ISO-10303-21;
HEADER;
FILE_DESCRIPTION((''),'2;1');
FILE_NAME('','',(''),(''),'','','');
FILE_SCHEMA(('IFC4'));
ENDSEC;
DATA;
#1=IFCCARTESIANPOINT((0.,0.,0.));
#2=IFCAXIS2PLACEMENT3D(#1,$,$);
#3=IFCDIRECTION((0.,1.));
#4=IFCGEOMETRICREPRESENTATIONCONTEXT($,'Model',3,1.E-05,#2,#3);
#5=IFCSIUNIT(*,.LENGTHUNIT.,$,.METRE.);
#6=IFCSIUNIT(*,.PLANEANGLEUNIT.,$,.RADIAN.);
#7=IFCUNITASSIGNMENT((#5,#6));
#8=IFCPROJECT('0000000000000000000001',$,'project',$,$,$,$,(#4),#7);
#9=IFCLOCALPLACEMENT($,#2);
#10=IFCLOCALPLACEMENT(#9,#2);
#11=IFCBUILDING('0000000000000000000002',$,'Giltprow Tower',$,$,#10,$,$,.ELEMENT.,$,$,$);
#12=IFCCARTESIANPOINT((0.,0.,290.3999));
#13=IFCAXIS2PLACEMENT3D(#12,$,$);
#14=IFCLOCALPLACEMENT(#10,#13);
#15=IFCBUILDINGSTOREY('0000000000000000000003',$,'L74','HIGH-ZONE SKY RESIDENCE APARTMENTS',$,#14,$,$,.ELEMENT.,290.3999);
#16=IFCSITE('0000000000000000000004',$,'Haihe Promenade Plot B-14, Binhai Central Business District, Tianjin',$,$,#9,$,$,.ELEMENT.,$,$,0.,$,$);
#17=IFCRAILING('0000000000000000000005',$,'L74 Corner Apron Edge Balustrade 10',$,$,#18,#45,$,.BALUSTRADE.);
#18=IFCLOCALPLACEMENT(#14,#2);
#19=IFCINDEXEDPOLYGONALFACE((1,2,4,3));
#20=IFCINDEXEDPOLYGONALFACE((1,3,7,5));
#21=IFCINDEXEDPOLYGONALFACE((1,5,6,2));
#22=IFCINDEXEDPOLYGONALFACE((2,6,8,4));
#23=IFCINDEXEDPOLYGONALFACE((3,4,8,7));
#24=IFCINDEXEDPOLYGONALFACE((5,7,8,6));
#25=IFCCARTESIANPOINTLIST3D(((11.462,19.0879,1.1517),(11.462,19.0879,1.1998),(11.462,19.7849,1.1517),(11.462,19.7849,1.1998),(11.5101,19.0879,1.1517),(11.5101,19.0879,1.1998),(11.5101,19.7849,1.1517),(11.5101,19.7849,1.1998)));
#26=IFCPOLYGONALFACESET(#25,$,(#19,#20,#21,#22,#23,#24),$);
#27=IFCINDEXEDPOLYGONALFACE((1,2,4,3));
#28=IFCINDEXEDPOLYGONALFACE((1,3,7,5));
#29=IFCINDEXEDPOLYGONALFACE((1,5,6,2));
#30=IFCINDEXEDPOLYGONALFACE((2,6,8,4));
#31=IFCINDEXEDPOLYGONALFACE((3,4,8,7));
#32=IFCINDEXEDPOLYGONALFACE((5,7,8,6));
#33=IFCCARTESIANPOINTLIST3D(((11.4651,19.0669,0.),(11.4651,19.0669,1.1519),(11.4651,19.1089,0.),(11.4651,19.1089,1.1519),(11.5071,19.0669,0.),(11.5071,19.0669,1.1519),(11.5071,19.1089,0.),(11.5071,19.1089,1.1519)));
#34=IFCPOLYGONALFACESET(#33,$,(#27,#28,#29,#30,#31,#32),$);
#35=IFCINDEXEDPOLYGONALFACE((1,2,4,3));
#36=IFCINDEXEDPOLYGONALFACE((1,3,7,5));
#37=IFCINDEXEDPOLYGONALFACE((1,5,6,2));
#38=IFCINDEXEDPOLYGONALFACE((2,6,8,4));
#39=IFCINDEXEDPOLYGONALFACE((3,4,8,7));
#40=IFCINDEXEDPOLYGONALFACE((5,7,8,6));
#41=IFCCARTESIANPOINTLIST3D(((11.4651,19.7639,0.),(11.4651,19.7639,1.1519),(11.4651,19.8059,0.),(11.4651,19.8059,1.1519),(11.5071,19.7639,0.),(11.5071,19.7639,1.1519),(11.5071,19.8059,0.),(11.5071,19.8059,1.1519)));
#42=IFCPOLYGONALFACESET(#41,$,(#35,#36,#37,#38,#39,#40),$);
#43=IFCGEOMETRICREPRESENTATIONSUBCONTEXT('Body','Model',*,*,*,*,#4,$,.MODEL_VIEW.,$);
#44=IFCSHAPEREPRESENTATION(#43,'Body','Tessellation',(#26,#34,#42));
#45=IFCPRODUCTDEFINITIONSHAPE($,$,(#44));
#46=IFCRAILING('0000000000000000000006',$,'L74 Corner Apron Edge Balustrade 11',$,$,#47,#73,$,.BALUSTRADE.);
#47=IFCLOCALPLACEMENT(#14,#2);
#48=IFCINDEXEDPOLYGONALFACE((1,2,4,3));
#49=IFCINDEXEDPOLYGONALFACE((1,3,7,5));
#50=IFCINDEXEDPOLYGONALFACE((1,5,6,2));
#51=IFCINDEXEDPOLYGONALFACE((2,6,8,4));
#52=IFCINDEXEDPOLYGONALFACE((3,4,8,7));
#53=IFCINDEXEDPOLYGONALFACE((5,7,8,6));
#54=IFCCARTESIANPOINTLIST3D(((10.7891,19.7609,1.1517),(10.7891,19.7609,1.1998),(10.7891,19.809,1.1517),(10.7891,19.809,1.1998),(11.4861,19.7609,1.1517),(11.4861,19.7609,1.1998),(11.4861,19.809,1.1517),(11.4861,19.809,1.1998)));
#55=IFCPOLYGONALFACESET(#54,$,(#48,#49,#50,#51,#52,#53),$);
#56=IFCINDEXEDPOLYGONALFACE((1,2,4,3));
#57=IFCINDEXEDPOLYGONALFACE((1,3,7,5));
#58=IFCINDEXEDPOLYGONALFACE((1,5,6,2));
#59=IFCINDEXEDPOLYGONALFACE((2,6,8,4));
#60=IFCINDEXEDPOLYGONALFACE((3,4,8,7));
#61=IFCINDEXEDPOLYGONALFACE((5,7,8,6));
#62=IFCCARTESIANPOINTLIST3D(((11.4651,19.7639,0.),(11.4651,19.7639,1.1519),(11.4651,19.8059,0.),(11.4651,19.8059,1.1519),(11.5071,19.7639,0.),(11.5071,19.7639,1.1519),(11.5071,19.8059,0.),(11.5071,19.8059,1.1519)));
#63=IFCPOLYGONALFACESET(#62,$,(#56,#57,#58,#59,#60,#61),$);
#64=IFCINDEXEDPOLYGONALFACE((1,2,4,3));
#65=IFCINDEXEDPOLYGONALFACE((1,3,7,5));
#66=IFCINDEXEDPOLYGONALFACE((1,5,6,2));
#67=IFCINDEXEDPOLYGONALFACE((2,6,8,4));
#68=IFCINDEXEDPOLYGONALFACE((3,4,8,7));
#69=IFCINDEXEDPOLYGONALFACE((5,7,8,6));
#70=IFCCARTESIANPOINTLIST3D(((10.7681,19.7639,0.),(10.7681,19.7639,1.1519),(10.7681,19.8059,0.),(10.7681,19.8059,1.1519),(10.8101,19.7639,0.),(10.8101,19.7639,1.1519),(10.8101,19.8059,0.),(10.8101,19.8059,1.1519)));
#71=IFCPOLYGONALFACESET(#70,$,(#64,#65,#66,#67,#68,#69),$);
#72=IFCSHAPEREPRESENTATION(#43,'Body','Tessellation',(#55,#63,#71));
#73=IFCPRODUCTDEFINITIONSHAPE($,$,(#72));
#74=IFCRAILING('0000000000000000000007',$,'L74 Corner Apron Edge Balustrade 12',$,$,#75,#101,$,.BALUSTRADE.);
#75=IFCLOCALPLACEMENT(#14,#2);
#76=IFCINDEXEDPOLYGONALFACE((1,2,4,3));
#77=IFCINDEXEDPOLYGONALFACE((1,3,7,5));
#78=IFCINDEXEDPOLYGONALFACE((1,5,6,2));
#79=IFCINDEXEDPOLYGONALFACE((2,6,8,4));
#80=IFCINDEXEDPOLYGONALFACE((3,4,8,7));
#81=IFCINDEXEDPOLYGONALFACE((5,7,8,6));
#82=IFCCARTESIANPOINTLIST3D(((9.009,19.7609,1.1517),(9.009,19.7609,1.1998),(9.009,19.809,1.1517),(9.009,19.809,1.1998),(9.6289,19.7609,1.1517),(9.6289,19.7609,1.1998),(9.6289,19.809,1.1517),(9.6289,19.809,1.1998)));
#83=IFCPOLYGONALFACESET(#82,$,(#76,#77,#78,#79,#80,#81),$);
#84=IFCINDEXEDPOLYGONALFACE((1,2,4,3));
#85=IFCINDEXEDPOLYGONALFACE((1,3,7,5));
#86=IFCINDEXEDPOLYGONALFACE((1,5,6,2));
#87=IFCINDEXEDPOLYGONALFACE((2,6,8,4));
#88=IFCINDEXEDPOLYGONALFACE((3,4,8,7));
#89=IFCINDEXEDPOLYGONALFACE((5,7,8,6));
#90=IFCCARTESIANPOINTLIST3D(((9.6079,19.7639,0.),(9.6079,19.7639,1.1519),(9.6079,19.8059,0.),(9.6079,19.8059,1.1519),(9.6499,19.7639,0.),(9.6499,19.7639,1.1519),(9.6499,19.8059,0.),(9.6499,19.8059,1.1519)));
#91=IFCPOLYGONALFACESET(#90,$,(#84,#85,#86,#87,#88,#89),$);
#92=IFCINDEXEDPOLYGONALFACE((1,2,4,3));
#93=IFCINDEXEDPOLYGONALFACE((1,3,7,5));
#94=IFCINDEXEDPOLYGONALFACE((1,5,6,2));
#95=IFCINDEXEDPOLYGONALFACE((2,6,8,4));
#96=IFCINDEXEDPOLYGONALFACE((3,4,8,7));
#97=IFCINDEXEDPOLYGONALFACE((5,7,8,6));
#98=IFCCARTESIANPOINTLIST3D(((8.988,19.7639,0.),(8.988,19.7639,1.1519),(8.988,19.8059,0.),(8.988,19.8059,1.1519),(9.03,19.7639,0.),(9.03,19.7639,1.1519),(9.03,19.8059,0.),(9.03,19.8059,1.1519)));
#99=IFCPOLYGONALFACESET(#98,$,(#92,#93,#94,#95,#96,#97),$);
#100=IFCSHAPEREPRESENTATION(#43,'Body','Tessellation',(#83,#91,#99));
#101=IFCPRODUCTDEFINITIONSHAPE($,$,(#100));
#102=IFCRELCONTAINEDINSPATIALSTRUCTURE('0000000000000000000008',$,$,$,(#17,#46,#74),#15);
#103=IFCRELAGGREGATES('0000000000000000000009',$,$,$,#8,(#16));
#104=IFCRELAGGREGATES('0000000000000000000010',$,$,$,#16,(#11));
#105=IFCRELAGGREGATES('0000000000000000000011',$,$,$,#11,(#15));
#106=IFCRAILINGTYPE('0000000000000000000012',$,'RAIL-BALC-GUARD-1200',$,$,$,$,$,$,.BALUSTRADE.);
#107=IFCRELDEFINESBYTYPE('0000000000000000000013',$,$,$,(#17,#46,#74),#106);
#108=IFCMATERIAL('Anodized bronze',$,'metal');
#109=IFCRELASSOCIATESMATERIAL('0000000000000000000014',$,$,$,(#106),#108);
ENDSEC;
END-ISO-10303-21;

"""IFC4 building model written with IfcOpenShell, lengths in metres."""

from ifc_helpers import new_model, si_unit, direction, frame, origin, origin_2d, place, context, subcontext, project, spatial, rectangle, extrude, material, type_object, element, save


model = new_model("IFC4")

# Units and contexts
model_context = context("Model", 3, precision=1e-05, world=origin(), true_north=direction((0.0, 1.0)))
body_context = subcontext(model_context, "Body", "Model", "MODEL_VIEW")
ifc_project = project(units=[si_unit("LENGTHUNIT", "METRE"), si_unit("PLANEANGLEUNIT", "RADIAN")], contexts=[model_context])

# Site, building, storey
site_placement = place(None, origin())
site = spatial("IfcSite", under=ifc_project, at=site_placement, Name="Haihe Promenade Plot B-14, Binhai Central Business District, Tianjin", CompositionType="ELEMENT", RefElevation=0.0)
building_placement = place(site_placement, origin())
building = spatial("IfcBuilding", under=site, at=building_placement, Name="Giltprow Tower", CompositionType="ELEMENT")
storey_placement = place(building_placement, frame((0.0, 0.0, 290.3999)))
storey = spatial("IfcBuildingStorey", under=building, at=storey_placement, Name="L74", Description="HIGH-ZONE SKY RESIDENCE APARTMENTS", CompositionType="ELEMENT", Elevation=290.3999)

# Shared definitions
ifc_material_1 = material(Name="Anodized bronze", Category="metal")

# Railings
railing_type = type_object("IfcRailingType", Name="RAIL-BALC-GUARD-1200", PredefinedType="BALUSTRADE", material=ifc_material_1)
railing_1_placement = place(storey_placement, frame((11.4861, 19.0879, 0.0)))
element("IfcRailing", 1, at=railing_1_placement, inside=storey, type_object=railing_type, Name="L74 Corner Apron Edge Balustrade 10", PredefinedType="BALUSTRADE", context=body_context, shape_type="SweptSolid", body=[
    extrude(rectangle(XDim=0.0481, YDim=0.0481, at=origin_2d()), frame((0.0, 0.0, 1.1758), z_axis=(0.0, 1.0, 0.0), x_axis=(-1.0, 0.0, 0.0)), (0.0, 0.0, 1.0), 0.697),
    extrude(rectangle(XDim=0.042, YDim=0.042, at=origin_2d()), origin(), (0.0, 0.0, 1.0), 1.1519),
    extrude(rectangle(XDim=0.042, YDim=0.042, at=origin_2d()), frame((0.0, 0.697, 0.0)), (0.0, 0.0, 1.0), 1.1519),
])
railing_2_placement = place(storey_placement, frame((11.4861, 19.7849, 0.0)))
element("IfcRailing", 2, at=railing_2_placement, inside=storey, type_object=railing_type, Name="L74 Corner Apron Edge Balustrade 11", PredefinedType="BALUSTRADE", context=body_context, shape_type="SweptSolid", body=[
    extrude(rectangle(XDim=0.0481, YDim=0.0481, at=origin_2d()), frame((0.0, 0.0, 1.1758), z_axis=(-1.0, 0.0, 0.0), x_axis=(0.0, -1.0, 0.0)), (0.0, 0.0, 1.0), 0.697),
    extrude(rectangle(XDim=0.042, YDim=0.042, at=origin_2d()), origin(), (0.0, 0.0, 1.0), 1.1519),
    extrude(rectangle(XDim=0.042, YDim=0.042, at=origin_2d()), frame((-0.697, 0.0, 0.0)), (0.0, 0.0, 1.0), 1.1519),
])
railing_3_placement = place(storey_placement, frame((9.6289, 19.7849, 0.0)))
element("IfcRailing", 3, at=railing_3_placement, inside=storey, type_object=railing_type, Name="L74 Corner Apron Edge Balustrade 12", PredefinedType="BALUSTRADE", context=body_context, shape_type="SweptSolid", body=[
    extrude(rectangle(XDim=0.0481, YDim=0.0481, at=origin_2d()), frame((0.0, 0.0, 1.1758), z_axis=(-1.0, 0.0, 0.0), x_axis=(0.0, -1.0, 0.0)), (0.0, 0.0, 1.0), 0.6199),
    extrude(rectangle(XDim=0.042, YDim=0.042, at=origin_2d()), origin(), (0.0, 0.0, 1.0), 1.1519),
    extrude(rectangle(XDim=0.042, YDim=0.042, at=origin_2d()), frame((-0.6199, 0.0, 0.0)), (0.0, 0.0, 1.0), 1.1519),
])

save(model, "model.ifc")
